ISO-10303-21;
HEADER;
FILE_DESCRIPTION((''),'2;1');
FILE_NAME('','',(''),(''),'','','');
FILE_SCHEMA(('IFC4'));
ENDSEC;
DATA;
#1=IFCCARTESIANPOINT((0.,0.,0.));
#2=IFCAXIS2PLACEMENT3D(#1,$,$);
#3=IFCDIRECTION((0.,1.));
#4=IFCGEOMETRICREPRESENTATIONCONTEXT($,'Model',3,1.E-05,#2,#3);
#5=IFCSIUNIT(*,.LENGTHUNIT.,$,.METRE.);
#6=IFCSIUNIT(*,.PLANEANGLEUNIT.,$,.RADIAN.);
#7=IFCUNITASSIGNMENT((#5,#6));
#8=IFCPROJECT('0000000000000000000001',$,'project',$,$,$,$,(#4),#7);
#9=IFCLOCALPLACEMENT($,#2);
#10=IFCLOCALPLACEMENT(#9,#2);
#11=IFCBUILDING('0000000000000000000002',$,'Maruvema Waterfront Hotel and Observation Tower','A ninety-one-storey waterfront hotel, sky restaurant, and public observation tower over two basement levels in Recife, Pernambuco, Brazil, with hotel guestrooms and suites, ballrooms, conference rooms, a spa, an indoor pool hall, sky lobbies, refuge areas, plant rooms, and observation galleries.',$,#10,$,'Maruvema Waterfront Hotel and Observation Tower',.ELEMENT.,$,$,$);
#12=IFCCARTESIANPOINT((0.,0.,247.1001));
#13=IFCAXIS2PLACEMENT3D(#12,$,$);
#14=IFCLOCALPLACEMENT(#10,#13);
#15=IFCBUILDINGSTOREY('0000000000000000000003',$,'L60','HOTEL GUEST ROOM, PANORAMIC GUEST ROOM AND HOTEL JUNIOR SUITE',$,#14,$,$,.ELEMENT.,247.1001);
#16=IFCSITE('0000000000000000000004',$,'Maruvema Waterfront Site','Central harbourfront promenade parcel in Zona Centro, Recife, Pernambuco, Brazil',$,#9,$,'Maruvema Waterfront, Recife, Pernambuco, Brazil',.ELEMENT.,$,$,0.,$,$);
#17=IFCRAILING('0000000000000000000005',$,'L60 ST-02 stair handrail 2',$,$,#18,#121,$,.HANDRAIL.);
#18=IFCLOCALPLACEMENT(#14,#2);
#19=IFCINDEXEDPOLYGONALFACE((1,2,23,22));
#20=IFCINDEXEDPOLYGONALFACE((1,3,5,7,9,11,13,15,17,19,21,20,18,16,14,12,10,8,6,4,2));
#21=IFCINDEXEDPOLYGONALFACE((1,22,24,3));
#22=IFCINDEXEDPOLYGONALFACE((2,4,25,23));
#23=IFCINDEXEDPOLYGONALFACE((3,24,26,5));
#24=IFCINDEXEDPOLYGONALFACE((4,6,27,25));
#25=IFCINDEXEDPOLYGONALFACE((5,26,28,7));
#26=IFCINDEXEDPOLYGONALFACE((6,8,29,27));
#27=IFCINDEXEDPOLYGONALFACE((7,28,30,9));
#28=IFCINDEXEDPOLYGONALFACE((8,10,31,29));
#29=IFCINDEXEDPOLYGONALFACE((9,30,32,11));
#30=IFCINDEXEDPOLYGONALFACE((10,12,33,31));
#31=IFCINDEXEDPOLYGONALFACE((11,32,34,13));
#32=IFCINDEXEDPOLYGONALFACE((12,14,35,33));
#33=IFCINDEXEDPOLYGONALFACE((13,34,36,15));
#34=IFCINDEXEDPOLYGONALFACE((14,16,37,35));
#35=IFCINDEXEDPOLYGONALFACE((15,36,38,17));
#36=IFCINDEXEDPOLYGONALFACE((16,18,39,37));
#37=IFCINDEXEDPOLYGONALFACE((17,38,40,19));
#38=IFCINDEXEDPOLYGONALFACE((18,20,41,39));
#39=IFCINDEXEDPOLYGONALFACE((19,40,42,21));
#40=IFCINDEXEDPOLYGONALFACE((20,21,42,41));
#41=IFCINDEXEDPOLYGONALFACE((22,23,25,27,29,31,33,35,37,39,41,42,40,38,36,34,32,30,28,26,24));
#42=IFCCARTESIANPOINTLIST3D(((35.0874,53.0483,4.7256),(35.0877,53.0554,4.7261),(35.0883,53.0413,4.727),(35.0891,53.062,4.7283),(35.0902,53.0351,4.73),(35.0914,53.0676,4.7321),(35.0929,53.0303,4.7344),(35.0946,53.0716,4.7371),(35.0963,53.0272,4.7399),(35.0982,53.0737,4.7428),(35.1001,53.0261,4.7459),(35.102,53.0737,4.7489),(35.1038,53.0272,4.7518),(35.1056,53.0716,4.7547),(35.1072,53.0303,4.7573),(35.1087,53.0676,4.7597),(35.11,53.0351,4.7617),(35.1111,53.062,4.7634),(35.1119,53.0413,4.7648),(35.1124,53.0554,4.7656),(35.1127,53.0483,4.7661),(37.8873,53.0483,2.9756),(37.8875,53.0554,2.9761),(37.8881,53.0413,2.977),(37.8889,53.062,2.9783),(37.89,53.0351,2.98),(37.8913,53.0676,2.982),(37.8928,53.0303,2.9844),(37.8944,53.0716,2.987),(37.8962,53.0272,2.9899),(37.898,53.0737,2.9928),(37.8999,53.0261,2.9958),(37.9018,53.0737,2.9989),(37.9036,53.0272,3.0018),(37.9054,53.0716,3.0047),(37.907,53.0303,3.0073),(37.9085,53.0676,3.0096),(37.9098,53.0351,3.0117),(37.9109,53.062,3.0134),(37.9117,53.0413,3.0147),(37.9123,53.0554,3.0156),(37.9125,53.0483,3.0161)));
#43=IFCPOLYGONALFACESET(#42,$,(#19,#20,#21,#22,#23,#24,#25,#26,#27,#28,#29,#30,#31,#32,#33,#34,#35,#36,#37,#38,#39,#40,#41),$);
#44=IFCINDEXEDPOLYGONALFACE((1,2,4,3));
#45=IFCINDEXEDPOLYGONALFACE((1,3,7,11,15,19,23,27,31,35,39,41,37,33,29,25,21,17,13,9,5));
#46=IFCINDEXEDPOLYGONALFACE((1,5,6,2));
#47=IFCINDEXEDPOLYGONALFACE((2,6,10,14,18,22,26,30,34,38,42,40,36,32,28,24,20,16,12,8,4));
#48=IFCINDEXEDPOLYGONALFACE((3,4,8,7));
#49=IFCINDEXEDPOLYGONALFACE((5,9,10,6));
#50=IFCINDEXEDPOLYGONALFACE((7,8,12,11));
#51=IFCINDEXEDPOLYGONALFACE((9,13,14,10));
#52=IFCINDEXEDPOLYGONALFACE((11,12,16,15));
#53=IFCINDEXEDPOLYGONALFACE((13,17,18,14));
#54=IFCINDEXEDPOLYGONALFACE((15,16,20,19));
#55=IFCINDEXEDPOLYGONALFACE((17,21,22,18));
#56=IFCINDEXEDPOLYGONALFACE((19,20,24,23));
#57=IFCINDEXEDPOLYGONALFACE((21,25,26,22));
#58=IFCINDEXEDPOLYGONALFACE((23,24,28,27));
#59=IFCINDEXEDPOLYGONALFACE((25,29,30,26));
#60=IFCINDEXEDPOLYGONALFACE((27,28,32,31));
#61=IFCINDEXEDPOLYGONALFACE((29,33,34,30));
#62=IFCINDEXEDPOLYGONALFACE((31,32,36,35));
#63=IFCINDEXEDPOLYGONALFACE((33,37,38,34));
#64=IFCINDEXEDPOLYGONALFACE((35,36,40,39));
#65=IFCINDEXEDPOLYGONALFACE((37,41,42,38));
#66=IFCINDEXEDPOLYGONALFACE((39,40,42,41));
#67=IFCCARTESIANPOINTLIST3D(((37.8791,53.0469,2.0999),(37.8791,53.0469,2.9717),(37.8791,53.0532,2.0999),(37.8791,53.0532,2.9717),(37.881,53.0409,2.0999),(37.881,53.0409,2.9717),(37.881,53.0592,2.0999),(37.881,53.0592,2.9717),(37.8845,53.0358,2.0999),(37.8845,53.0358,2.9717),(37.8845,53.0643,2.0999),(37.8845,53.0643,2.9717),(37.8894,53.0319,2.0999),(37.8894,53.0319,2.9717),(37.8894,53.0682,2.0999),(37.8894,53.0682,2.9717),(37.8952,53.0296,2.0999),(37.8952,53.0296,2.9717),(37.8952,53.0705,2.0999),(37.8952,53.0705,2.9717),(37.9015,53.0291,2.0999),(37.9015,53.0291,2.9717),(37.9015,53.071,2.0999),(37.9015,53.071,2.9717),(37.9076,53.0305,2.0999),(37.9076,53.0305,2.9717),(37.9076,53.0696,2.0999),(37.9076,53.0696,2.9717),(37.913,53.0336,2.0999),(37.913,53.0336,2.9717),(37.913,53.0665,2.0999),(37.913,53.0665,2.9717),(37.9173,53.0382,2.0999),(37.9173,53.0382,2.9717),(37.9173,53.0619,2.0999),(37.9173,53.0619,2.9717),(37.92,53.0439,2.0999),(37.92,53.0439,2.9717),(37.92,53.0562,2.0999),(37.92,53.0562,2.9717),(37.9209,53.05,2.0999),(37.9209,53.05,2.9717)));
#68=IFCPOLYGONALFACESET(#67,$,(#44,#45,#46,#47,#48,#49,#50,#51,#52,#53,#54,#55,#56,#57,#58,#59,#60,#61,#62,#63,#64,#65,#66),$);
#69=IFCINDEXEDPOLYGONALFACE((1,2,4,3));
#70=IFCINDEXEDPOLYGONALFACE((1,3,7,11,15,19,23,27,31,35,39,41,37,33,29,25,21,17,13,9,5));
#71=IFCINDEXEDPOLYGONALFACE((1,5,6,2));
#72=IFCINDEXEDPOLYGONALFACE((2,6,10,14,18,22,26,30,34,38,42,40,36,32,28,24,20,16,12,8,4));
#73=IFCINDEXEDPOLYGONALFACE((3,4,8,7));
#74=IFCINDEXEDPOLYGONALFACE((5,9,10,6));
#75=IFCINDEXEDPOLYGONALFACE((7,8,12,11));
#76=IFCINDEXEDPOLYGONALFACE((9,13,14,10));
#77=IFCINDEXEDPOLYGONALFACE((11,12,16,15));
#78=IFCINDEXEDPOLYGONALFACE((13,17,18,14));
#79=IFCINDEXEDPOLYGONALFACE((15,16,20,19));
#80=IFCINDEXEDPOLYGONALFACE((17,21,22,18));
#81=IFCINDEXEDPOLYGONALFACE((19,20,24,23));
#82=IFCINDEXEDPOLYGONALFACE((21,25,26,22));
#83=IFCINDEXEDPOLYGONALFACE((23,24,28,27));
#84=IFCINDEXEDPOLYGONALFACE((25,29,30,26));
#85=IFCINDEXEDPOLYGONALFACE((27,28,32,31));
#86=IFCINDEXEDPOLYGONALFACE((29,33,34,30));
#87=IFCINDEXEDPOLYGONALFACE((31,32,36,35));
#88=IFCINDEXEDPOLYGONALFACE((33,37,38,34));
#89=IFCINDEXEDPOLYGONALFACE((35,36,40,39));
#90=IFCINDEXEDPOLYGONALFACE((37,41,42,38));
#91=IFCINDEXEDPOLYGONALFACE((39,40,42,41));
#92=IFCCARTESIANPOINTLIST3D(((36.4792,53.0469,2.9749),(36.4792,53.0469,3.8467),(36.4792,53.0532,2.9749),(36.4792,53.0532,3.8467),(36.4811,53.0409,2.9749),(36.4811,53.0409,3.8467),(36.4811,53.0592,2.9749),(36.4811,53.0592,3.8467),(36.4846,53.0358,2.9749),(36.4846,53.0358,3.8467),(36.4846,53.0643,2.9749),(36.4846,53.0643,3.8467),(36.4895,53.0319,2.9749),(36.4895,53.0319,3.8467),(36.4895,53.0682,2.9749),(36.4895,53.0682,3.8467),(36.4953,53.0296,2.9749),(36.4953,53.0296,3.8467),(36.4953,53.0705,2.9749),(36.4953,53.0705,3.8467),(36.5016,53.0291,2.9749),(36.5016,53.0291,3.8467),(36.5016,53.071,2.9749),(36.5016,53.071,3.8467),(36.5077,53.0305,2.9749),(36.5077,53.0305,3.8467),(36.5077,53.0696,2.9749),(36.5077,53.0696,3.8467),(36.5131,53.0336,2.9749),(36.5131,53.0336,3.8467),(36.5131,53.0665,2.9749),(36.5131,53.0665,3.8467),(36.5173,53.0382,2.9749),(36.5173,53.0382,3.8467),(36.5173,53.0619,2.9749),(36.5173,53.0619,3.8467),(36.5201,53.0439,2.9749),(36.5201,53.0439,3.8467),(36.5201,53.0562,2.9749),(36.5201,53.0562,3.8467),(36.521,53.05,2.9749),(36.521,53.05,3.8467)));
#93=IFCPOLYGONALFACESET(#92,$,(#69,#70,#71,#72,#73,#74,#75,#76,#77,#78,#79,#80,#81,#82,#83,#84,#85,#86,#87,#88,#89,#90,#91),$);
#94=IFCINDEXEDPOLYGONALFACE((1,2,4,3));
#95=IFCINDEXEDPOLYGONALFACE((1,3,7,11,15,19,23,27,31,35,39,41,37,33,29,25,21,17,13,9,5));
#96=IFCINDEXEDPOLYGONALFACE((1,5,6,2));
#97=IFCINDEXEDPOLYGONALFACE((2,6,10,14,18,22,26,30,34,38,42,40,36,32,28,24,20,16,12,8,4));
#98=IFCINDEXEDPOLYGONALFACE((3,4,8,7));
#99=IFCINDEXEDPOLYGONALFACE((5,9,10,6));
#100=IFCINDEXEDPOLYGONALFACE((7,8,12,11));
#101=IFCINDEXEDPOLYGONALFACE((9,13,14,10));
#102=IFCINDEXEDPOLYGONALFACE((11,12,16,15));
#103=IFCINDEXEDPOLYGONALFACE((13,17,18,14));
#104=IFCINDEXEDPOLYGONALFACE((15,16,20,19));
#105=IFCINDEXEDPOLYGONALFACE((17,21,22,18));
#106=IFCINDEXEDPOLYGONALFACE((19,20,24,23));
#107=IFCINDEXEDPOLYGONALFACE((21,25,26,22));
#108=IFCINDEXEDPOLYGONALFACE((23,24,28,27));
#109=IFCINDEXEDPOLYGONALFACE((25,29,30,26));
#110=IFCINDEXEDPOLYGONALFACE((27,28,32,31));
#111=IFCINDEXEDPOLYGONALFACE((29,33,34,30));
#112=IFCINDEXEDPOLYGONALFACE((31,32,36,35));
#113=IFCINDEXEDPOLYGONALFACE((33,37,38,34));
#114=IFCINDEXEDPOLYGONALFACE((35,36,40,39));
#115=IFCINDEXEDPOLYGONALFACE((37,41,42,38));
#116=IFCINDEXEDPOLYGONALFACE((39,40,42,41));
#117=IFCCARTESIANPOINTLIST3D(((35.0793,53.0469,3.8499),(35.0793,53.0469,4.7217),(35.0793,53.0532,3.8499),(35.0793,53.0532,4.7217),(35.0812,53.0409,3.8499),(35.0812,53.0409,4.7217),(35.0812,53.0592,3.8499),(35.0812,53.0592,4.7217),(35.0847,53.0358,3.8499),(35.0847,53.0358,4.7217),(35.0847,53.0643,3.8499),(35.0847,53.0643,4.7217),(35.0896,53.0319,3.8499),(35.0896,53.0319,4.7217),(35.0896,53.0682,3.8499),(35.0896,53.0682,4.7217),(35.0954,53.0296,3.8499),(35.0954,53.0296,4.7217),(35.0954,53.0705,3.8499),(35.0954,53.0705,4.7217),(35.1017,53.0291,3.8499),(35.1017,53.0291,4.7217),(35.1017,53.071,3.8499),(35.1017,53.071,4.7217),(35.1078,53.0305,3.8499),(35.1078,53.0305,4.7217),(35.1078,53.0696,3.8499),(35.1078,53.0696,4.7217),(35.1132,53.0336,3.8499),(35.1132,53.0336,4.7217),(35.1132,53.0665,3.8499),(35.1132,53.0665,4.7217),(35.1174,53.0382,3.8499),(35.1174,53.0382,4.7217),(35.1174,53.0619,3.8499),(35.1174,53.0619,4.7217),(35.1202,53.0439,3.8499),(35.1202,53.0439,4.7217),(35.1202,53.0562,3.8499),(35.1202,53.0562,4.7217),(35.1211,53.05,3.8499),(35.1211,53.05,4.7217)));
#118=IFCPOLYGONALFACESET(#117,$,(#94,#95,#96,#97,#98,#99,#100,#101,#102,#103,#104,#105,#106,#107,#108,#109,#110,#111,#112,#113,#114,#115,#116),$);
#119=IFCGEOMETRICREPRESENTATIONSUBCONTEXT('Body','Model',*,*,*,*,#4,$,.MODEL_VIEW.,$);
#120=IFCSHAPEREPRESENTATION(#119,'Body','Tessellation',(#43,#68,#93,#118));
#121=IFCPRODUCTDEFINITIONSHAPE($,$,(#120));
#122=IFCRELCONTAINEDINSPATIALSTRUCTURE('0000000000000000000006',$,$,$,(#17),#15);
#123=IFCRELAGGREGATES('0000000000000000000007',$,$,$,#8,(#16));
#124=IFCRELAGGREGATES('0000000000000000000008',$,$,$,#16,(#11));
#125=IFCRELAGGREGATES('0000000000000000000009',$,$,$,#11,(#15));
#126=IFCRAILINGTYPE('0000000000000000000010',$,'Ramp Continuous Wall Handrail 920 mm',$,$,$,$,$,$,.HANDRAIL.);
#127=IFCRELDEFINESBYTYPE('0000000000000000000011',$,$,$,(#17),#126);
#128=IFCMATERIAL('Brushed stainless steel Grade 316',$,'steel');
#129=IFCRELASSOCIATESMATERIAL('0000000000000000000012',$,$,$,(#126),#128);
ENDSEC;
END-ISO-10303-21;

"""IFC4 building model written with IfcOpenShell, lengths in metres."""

from ifc_helpers import new_model, si_unit, direction, frame, origin, origin_2d, place, context, subcontext, project, spatial, circle, extrude, material, type_object, element, save


model = new_model("IFC4")

# Units and contexts
model_context = context("Model", 3, precision=1e-05, world=origin(), true_north=direction((0.0, 1.0)))
body_context = subcontext(model_context, "Body", "Model", "MODEL_VIEW")
ifc_project = project(units=[si_unit("LENGTHUNIT", "METRE"), si_unit("PLANEANGLEUNIT", "RADIAN")], contexts=[model_context])

# Site, building, storey
site_placement = place(None, origin())
site = spatial("IfcSite", under=ifc_project, at=site_placement, Name="Maruvema Waterfront Site", Description="Central harbourfront promenade parcel in Zona Centro, Recife, Pernambuco, Brazil", LongName="Maruvema Waterfront, Recife, Pernambuco, Brazil", CompositionType="ELEMENT", RefElevation=0.0)
building_placement = place(site_placement, origin())
building = spatial("IfcBuilding", under=site, at=building_placement, Name="Maruvema Waterfront Hotel and Observation Tower", Description="A ninety-one-storey waterfront hotel, sky restaurant, and public observation tower over two basement levels in Recife, Pernambuco, Brazil, with hotel guestrooms and suites, ballrooms, conference rooms, a spa, an indoor pool hall, sky lobbies, refuge areas, plant rooms, and observation galleries.", LongName="Maruvema Waterfront Hotel and Observation Tower", CompositionType="ELEMENT")
storey_placement = place(building_placement, frame((0.0, 0.0, 247.1001)))
storey = spatial("IfcBuildingStorey", under=building, at=storey_placement, Name="L60", Description="HOTEL GUEST ROOM, PANORAMIC GUEST ROOM AND HOTEL JUNIOR SUITE", CompositionType="ELEMENT", Elevation=247.1001)

# Railing
ifc_material_1 = material(Name="Brushed stainless steel Grade 316", Category="steel")
railing_type_1 = type_object("IfcRailingType", Name="Ramp Continuous Wall Handrail 920 mm", PredefinedType="HANDRAIL", material=ifc_material_1)
railing_1_placement = place(storey_placement, frame((37.8999, 53.05, 2.0999)))
element("IfcRailing", 1, at=railing_1_placement, inside=storey, type_object=railing_type_1, Name="L60 ST-02 stair handrail 2", PredefinedType="HANDRAIL", context=body_context, shape_type="SweptSolid", body=[
    extrude(circle(Radius=0.0239, at=origin_2d()), frame((0.0, 0.0, 0.896), z_axis=(-0.847982, 0.0, 0.530026), x_axis=(0.0, -1.0, 0.0)), (0.0, 0.0, 1.0), 3.3018),
    extrude(circle(Radius=0.021, at=origin_2d()), origin(), (0.0, 0.0, 1.0), 0.8718),
    extrude(circle(Radius=0.021, at=origin_2d()), frame((-1.3999, 0.0, 0.875)), (0.0, 0.0, 1.0), 0.8718),
    extrude(circle(Radius=0.021, at=origin_2d()), frame((-2.7998, 0.0, 1.75)), (0.0, 0.0, 1.0), 0.8718),
])

save(model, "model.ifc")
